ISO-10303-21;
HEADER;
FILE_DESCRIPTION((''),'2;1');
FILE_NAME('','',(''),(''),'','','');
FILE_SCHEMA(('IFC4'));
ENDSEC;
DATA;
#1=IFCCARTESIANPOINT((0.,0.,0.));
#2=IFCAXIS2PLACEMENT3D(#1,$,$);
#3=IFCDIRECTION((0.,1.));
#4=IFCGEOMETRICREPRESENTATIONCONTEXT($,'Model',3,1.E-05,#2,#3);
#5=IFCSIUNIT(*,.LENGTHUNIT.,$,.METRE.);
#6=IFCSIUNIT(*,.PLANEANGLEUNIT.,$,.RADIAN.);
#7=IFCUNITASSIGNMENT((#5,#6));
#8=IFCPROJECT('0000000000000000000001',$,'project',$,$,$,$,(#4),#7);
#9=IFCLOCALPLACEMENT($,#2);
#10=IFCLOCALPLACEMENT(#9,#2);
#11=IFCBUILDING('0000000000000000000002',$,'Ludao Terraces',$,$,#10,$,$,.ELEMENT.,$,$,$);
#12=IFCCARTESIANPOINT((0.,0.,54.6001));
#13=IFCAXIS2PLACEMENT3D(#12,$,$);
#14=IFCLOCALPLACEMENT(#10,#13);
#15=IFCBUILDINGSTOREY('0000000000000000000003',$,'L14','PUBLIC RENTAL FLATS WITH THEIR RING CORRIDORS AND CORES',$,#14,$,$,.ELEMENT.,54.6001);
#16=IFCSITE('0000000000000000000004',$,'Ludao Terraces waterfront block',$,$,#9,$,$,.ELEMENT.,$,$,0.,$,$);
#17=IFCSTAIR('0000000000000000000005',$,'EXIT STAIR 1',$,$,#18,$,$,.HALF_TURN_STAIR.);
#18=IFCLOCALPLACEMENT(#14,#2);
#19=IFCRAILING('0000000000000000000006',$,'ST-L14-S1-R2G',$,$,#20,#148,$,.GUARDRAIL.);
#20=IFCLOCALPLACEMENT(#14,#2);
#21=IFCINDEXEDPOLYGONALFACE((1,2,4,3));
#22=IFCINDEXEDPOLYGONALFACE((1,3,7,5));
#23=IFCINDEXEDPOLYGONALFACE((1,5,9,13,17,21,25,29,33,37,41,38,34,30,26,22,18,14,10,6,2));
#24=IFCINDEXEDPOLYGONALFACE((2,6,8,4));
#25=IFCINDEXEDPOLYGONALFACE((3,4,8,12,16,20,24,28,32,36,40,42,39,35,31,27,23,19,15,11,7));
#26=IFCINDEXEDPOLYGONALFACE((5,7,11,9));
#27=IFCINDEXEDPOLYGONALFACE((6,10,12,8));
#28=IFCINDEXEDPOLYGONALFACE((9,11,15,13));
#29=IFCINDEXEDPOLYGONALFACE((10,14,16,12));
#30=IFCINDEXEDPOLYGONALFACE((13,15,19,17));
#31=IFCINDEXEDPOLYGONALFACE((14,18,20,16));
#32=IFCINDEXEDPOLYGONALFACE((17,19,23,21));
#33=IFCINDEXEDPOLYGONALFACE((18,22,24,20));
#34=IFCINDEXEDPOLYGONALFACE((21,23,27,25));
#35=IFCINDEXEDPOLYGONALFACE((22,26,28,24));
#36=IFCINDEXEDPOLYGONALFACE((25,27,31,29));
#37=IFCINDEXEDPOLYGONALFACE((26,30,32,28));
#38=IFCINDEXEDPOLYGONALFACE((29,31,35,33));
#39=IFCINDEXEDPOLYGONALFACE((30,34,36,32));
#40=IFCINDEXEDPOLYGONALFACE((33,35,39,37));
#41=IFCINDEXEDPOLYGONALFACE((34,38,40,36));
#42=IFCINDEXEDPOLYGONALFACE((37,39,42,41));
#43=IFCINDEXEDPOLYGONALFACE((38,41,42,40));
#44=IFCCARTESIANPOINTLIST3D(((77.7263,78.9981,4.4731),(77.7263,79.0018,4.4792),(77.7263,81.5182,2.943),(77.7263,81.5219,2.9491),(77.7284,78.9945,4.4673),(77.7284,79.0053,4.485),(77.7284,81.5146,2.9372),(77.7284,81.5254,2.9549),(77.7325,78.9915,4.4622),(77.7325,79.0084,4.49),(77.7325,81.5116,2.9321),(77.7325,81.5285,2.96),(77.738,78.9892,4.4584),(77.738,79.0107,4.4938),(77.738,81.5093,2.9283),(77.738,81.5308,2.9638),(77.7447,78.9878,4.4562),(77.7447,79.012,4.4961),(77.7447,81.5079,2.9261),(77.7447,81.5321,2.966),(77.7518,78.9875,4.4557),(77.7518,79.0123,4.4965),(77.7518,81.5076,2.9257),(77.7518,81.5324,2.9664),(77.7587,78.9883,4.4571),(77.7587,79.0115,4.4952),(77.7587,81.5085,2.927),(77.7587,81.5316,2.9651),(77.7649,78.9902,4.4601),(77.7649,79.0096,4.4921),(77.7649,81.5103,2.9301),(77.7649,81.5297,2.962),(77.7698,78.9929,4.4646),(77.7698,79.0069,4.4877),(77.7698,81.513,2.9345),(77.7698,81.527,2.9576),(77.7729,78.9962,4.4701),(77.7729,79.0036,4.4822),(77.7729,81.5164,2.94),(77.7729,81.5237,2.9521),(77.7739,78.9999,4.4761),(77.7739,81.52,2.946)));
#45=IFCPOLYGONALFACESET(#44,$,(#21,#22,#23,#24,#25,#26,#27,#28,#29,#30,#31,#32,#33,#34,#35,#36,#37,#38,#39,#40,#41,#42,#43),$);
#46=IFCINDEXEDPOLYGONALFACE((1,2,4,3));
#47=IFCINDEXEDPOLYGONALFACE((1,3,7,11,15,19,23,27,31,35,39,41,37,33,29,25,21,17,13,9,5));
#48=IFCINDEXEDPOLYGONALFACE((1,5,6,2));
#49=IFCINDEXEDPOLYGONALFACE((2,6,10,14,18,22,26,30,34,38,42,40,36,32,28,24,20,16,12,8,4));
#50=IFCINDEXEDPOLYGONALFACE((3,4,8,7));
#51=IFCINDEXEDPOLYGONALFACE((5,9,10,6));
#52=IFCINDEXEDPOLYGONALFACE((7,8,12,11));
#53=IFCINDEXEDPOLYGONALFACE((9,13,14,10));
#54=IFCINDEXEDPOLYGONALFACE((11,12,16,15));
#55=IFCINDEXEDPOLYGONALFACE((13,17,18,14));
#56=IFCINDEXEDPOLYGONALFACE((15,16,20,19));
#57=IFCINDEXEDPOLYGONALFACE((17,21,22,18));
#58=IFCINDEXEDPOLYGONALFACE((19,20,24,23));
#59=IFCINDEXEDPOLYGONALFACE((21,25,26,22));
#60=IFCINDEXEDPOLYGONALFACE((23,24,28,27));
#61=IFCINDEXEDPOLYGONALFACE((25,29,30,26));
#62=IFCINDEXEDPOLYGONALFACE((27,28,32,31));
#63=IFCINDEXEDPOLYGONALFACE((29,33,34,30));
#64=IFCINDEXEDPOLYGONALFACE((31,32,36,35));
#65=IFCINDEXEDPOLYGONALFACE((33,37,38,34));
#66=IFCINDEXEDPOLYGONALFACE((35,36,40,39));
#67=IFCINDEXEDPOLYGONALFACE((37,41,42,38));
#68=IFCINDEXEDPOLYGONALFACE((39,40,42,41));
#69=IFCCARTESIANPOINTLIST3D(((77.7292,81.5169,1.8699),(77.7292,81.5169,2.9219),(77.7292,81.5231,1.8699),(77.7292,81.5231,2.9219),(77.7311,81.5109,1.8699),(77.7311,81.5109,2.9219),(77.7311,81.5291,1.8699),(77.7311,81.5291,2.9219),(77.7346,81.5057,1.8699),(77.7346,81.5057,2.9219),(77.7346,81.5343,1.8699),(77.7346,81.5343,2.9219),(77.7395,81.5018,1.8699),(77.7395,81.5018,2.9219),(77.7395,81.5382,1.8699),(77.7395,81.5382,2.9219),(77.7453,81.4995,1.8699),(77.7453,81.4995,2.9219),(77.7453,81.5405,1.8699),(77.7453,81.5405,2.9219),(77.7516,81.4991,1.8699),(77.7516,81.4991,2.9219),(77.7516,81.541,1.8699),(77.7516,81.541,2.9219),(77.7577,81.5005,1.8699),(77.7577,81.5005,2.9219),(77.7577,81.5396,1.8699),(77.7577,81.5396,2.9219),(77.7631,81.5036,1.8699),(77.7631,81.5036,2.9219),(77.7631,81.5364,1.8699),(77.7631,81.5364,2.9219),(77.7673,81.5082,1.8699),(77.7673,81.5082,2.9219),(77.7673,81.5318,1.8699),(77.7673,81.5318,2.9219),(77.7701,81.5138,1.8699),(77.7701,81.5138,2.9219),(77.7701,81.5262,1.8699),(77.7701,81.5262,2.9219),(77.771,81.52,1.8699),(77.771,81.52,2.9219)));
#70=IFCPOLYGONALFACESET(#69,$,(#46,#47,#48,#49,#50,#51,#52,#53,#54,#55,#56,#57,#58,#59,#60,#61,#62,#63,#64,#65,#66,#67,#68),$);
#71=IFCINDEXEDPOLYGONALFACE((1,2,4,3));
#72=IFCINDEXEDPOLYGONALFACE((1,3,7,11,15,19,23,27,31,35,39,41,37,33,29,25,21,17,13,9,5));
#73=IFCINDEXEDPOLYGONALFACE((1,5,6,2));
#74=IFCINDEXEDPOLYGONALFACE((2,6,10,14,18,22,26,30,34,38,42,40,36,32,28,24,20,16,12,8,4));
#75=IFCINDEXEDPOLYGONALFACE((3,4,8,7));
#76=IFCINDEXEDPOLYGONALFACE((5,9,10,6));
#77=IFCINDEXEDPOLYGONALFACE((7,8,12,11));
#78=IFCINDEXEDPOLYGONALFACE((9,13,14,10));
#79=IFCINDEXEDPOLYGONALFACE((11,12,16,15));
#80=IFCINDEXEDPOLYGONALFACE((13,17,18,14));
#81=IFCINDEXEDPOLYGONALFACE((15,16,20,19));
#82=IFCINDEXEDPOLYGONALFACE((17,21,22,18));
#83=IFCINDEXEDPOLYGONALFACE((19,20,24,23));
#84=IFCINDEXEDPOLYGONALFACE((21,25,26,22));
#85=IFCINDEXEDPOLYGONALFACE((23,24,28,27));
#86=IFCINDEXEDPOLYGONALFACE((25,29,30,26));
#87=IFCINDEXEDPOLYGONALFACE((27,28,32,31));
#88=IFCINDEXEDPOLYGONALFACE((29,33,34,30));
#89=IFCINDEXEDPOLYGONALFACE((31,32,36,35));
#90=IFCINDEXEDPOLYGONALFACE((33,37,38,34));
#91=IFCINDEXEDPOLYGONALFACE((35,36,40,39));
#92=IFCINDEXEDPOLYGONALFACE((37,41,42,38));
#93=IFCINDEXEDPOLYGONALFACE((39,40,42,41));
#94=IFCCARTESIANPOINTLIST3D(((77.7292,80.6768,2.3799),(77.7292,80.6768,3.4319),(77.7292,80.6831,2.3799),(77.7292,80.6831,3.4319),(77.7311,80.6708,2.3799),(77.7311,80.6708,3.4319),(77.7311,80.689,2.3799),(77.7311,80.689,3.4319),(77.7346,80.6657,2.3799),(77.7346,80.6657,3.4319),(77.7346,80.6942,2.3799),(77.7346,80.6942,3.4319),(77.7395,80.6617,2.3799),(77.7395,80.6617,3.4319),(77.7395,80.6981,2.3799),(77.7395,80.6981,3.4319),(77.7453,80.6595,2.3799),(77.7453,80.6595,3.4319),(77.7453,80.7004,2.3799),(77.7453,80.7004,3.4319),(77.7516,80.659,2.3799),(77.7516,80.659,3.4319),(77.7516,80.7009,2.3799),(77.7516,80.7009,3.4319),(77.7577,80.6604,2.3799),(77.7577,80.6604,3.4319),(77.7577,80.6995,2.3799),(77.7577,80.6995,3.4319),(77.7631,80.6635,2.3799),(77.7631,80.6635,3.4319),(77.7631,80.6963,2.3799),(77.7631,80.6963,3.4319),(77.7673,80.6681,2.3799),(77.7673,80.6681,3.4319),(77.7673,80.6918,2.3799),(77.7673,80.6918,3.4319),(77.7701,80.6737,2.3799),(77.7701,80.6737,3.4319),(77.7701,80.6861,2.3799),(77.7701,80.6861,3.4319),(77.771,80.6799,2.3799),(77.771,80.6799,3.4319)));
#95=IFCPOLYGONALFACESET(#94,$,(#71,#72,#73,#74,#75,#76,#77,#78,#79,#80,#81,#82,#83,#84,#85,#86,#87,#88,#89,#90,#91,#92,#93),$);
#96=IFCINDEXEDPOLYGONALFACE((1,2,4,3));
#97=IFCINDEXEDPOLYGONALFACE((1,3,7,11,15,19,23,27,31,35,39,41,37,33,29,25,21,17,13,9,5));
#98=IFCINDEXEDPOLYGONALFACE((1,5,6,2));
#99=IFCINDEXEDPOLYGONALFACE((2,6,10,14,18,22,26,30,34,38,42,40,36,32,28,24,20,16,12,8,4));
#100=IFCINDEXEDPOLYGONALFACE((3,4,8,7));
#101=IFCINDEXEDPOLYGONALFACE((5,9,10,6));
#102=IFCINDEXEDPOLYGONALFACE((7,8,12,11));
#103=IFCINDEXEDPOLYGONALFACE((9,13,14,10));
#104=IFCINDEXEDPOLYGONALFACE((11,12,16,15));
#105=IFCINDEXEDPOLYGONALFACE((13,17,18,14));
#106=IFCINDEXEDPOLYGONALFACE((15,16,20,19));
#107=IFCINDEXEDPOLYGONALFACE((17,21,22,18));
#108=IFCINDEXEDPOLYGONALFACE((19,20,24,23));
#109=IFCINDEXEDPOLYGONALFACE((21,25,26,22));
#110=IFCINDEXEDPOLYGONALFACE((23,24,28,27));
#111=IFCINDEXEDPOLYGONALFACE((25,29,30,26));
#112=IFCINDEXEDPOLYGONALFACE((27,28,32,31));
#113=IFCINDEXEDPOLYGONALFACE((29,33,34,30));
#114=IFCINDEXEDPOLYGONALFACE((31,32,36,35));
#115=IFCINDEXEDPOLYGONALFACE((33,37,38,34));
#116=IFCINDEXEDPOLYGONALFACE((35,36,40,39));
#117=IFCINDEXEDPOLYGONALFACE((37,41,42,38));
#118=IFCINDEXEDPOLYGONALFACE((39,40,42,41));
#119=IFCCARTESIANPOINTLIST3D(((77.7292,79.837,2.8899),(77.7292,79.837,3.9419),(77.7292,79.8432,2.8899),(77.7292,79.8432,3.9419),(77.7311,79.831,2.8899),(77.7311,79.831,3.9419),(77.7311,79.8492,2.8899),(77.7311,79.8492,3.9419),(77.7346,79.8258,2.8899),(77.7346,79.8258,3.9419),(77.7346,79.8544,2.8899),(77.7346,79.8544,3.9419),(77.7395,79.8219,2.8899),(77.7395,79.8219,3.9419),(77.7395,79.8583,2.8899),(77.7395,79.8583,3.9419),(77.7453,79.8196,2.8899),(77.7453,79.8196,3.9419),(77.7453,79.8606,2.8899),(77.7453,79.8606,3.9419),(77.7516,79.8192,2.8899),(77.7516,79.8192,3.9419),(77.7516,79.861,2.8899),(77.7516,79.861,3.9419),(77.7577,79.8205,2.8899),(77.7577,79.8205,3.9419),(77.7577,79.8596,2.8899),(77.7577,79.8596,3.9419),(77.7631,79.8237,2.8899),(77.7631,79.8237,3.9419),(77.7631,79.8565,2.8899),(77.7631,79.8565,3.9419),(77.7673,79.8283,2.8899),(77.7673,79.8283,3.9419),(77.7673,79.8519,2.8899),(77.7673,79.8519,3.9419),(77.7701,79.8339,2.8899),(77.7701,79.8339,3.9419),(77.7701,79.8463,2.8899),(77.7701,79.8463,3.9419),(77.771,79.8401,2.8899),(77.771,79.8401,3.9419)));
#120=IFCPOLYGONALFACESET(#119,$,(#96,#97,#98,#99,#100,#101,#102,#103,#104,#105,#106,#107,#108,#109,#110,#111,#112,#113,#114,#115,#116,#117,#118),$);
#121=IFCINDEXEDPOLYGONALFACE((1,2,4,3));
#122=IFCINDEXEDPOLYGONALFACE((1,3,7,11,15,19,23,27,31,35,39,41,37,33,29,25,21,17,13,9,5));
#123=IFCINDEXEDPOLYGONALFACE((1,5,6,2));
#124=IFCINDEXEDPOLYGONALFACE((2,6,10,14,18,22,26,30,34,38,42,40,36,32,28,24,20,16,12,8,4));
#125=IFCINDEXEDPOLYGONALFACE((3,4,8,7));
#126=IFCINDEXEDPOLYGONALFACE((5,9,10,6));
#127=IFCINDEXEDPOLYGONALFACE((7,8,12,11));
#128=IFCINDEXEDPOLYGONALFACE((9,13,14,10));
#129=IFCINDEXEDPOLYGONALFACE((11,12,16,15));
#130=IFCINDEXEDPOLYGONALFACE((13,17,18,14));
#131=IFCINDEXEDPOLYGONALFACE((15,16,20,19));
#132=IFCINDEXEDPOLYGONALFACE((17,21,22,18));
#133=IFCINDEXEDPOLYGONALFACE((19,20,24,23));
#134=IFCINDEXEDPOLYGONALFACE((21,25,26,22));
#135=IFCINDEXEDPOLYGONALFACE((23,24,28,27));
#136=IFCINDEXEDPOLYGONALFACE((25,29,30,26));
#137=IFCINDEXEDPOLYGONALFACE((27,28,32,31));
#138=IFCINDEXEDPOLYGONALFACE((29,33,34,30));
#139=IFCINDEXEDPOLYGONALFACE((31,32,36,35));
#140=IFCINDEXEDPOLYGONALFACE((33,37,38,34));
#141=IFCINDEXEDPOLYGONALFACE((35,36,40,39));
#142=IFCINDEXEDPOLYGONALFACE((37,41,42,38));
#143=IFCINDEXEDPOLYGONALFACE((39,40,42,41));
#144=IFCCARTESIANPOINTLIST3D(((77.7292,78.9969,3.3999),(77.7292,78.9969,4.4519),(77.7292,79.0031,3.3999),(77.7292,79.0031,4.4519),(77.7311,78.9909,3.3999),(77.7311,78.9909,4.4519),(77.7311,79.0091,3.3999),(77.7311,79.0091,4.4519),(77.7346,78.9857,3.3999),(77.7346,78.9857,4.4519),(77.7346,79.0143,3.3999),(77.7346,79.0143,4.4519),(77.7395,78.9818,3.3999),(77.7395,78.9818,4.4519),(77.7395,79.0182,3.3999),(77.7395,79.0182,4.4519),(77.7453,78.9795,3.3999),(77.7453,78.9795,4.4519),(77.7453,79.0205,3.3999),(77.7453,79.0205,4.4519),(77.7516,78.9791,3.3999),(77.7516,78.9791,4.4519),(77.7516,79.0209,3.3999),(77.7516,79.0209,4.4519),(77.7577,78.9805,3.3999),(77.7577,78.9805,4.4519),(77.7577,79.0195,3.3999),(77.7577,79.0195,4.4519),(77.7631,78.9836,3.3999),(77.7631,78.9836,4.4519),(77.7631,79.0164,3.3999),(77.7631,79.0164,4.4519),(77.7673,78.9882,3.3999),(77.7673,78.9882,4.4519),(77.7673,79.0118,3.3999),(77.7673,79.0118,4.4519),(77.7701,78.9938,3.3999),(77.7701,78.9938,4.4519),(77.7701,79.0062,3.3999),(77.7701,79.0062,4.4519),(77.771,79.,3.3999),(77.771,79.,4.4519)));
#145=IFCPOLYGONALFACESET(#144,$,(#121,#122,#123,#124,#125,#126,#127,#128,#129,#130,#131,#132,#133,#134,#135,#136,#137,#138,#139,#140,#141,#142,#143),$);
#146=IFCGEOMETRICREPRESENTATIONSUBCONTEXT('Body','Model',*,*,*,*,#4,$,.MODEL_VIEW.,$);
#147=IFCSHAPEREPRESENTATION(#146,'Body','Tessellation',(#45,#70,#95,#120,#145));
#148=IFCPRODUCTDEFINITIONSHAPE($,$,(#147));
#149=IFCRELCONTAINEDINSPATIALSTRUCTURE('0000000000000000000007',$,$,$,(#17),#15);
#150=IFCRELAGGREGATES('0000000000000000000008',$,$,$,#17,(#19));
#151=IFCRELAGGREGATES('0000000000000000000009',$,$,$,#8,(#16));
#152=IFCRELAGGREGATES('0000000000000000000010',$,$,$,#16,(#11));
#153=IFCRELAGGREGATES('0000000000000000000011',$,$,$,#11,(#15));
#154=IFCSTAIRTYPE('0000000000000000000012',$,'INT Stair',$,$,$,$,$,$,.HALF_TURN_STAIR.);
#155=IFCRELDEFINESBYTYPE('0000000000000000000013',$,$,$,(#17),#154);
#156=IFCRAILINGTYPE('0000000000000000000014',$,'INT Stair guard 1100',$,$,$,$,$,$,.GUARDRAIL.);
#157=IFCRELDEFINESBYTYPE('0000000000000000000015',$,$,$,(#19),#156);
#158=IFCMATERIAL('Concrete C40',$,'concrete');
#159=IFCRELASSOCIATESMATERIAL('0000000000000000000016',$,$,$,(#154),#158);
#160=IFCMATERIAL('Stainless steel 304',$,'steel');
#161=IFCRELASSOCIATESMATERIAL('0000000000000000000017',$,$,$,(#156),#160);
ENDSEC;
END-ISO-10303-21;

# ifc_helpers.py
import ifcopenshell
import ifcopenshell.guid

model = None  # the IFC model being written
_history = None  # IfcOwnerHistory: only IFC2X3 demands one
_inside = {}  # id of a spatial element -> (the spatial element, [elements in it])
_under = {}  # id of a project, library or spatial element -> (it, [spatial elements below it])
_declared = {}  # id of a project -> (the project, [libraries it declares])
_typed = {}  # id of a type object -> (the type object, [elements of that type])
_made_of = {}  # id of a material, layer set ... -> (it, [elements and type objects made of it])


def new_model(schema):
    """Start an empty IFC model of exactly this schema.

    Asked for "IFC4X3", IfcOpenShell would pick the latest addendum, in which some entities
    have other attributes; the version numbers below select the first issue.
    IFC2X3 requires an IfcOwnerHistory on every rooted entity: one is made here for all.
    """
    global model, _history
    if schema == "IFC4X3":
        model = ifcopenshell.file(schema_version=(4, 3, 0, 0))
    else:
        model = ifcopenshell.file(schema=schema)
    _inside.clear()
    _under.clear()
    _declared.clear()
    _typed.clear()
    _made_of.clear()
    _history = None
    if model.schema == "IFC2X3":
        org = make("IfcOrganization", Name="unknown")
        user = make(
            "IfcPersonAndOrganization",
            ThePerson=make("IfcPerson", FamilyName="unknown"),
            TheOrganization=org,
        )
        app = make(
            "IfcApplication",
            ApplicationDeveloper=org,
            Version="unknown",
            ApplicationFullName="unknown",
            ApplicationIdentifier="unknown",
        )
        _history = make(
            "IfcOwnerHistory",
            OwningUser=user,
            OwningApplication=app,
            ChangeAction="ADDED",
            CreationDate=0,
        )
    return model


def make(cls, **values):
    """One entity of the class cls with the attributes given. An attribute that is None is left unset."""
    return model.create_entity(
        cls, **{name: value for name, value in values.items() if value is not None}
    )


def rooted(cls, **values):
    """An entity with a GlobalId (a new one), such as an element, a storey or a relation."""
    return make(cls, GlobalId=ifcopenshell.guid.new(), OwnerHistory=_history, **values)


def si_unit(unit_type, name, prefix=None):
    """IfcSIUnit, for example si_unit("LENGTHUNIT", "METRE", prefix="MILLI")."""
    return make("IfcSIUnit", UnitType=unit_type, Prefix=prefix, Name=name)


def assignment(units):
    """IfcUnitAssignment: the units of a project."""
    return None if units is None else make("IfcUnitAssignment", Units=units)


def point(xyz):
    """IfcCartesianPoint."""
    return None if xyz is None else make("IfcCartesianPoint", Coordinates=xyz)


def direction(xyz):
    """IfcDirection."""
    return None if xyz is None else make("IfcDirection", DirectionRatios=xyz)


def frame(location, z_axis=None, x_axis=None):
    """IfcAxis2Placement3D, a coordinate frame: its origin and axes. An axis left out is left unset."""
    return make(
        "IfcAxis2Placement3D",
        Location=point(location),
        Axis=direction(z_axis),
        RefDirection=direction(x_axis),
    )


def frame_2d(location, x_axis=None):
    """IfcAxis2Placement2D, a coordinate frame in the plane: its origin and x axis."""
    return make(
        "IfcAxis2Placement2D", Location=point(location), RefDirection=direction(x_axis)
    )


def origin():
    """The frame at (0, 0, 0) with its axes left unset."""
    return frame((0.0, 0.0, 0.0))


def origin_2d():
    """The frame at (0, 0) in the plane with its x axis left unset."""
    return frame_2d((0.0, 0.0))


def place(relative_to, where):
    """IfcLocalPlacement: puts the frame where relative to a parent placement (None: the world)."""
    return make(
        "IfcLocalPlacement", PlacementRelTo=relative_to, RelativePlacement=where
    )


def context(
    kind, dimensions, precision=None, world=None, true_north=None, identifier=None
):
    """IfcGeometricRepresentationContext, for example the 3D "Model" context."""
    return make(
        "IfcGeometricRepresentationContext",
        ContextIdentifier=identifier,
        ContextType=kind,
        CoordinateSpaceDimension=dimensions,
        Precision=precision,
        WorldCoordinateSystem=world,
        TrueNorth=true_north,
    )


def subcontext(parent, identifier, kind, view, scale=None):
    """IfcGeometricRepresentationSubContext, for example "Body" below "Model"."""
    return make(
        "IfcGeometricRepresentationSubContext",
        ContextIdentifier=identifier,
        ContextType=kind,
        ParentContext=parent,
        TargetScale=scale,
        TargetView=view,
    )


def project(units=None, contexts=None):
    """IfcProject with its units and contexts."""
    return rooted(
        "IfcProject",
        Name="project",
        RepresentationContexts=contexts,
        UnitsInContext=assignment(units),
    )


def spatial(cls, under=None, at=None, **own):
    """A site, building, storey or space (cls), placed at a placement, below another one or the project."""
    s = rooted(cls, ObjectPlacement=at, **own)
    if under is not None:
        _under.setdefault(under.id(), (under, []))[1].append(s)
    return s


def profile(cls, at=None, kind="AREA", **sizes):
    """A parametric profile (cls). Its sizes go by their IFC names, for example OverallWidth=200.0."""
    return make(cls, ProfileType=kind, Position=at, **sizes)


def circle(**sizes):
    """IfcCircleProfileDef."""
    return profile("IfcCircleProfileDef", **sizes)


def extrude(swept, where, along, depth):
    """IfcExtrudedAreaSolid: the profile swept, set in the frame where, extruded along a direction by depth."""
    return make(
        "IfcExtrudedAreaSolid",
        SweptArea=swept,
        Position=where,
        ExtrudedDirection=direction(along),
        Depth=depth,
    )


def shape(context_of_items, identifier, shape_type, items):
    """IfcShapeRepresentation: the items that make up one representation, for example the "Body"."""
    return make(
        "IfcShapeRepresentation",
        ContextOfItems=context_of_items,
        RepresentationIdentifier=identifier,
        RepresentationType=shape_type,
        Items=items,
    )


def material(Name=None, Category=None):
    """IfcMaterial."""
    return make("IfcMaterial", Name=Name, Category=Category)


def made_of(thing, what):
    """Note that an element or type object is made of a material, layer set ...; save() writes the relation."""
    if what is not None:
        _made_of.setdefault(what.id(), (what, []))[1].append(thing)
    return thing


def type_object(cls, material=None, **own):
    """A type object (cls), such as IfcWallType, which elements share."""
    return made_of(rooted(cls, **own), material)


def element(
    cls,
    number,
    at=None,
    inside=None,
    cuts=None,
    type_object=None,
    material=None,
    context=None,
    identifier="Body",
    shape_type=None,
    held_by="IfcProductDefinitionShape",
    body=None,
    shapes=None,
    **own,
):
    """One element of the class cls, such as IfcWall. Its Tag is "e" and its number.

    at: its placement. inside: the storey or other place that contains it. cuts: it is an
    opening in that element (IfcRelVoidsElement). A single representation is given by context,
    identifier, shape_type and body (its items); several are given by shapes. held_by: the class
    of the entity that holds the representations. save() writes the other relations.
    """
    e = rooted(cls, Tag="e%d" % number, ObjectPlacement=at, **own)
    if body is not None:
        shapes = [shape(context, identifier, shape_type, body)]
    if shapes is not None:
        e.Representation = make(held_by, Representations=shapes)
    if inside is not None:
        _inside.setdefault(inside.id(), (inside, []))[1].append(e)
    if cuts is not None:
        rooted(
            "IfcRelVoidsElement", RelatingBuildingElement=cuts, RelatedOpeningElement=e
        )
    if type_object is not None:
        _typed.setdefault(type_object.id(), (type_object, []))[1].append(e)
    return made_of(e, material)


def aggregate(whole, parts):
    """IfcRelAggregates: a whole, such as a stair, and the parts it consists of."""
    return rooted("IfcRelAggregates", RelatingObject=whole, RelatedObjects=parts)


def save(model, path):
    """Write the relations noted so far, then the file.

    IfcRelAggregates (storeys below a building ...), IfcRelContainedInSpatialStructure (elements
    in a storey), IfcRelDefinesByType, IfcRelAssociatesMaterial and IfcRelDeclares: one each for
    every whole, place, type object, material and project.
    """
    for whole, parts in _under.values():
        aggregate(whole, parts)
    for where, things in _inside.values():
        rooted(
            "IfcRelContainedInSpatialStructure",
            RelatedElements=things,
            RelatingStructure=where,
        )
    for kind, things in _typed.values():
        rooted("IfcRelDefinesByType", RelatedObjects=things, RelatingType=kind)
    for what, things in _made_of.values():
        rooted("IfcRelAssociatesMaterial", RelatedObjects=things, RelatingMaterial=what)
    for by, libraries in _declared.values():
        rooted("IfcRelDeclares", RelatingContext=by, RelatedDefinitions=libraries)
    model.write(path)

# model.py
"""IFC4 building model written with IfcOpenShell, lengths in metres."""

from ifc_helpers import new_model, si_unit, direction, frame, origin, origin_2d, place, context, subcontext, project, spatial, circle, extrude, material, type_object, element, aggregate, save


model = new_model("IFC4")

# Units and contexts
model_context = context("Model", 3, precision=1e-05, world=origin(), true_north=direction((0.0, 1.0)))
body_context = subcontext(model_context, "Body", "Model", "MODEL_VIEW")
ifc_project = project(units=[si_unit("LENGTHUNIT", "METRE"), si_unit("PLANEANGLEUNIT", "RADIAN")], contexts=[model_context])

# Site, building, storey
site_placement = place(None, origin())
site = spatial("IfcSite", under=ifc_project, at=site_placement, Name="Ludao Terraces waterfront block", CompositionType="ELEMENT", RefElevation=0.0)
building_placement = place(site_placement, origin())
building = spatial("IfcBuilding", under=site, at=building_placement, Name="Ludao Terraces", CompositionType="ELEMENT")
storey_placement = place(building_placement, frame((0.0, 0.0, 54.6001)))
storey = spatial("IfcBuildingStorey", under=building, at=storey_placement, Name="L14", Description="PUBLIC RENTAL FLATS WITH THEIR RING CORRIDORS AND CORES", CompositionType="ELEMENT", Elevation=54.6001)

# Shared definitions
ifc_material_1 = material(Name="Concrete C40", Category="concrete")

# Shared definitions
ifc_material_2 = material(Name="Stainless steel 304", Category="steel")

# Stair, railing
stair_type = type_object("IfcStairType", Name="INT Stair", PredefinedType="HALF_TURN_STAIR", material=ifc_material_1)
stair_placement = place(storey_placement, origin())
stair = element("IfcStair", 1, at=stair_placement, inside=storey, type_object=stair_type, Name="EXIT STAIR 1", PredefinedType="HALF_TURN_STAIR")
railing_type_1 = type_object("IfcRailingType", Name="INT Stair guard 1100", PredefinedType="GUARDRAIL", material=ifc_material_2)
railing_1_placement = place(storey_placement, frame((77.75, 81.52, 1.8699)))
railing_1 = element("IfcRailing", 2, at=railing_1_placement, type_object=railing_type_1, Name="ST-L14-S1-R2G", PredefinedType="GUARDRAIL", context=body_context, shape_type="SweptSolid", body=[
    extrude(circle(Radius=0.0239, at=origin_2d()), frame((0.0, 0.0, 1.0762), z_axis=(0.0, -0.854785, 0.518982), x_axis=(1.0, 0.0, 0.0)), (0.0, 0.0, 1.0), 2.9482),
    extrude(circle(Radius=0.021, at=origin_2d()), origin(), (0.0, 0.0, 1.0), 1.052),
    extrude(circle(Radius=0.021, at=origin_2d()), frame((0.0, -0.8401, 0.51)), (0.0, 0.0, 1.0), 1.052),
    extrude(circle(Radius=0.021, at=origin_2d()), frame((0.0, -1.6799, 1.02)), (0.0, 0.0, 1.0), 1.052),
    extrude(circle(Radius=0.021, at=origin_2d()), frame((0.0, -2.52, 1.53)), (0.0, 0.0, 1.0), 1.052),
])
aggregate(stair, [railing_1])

save(model, "model.ifc")
